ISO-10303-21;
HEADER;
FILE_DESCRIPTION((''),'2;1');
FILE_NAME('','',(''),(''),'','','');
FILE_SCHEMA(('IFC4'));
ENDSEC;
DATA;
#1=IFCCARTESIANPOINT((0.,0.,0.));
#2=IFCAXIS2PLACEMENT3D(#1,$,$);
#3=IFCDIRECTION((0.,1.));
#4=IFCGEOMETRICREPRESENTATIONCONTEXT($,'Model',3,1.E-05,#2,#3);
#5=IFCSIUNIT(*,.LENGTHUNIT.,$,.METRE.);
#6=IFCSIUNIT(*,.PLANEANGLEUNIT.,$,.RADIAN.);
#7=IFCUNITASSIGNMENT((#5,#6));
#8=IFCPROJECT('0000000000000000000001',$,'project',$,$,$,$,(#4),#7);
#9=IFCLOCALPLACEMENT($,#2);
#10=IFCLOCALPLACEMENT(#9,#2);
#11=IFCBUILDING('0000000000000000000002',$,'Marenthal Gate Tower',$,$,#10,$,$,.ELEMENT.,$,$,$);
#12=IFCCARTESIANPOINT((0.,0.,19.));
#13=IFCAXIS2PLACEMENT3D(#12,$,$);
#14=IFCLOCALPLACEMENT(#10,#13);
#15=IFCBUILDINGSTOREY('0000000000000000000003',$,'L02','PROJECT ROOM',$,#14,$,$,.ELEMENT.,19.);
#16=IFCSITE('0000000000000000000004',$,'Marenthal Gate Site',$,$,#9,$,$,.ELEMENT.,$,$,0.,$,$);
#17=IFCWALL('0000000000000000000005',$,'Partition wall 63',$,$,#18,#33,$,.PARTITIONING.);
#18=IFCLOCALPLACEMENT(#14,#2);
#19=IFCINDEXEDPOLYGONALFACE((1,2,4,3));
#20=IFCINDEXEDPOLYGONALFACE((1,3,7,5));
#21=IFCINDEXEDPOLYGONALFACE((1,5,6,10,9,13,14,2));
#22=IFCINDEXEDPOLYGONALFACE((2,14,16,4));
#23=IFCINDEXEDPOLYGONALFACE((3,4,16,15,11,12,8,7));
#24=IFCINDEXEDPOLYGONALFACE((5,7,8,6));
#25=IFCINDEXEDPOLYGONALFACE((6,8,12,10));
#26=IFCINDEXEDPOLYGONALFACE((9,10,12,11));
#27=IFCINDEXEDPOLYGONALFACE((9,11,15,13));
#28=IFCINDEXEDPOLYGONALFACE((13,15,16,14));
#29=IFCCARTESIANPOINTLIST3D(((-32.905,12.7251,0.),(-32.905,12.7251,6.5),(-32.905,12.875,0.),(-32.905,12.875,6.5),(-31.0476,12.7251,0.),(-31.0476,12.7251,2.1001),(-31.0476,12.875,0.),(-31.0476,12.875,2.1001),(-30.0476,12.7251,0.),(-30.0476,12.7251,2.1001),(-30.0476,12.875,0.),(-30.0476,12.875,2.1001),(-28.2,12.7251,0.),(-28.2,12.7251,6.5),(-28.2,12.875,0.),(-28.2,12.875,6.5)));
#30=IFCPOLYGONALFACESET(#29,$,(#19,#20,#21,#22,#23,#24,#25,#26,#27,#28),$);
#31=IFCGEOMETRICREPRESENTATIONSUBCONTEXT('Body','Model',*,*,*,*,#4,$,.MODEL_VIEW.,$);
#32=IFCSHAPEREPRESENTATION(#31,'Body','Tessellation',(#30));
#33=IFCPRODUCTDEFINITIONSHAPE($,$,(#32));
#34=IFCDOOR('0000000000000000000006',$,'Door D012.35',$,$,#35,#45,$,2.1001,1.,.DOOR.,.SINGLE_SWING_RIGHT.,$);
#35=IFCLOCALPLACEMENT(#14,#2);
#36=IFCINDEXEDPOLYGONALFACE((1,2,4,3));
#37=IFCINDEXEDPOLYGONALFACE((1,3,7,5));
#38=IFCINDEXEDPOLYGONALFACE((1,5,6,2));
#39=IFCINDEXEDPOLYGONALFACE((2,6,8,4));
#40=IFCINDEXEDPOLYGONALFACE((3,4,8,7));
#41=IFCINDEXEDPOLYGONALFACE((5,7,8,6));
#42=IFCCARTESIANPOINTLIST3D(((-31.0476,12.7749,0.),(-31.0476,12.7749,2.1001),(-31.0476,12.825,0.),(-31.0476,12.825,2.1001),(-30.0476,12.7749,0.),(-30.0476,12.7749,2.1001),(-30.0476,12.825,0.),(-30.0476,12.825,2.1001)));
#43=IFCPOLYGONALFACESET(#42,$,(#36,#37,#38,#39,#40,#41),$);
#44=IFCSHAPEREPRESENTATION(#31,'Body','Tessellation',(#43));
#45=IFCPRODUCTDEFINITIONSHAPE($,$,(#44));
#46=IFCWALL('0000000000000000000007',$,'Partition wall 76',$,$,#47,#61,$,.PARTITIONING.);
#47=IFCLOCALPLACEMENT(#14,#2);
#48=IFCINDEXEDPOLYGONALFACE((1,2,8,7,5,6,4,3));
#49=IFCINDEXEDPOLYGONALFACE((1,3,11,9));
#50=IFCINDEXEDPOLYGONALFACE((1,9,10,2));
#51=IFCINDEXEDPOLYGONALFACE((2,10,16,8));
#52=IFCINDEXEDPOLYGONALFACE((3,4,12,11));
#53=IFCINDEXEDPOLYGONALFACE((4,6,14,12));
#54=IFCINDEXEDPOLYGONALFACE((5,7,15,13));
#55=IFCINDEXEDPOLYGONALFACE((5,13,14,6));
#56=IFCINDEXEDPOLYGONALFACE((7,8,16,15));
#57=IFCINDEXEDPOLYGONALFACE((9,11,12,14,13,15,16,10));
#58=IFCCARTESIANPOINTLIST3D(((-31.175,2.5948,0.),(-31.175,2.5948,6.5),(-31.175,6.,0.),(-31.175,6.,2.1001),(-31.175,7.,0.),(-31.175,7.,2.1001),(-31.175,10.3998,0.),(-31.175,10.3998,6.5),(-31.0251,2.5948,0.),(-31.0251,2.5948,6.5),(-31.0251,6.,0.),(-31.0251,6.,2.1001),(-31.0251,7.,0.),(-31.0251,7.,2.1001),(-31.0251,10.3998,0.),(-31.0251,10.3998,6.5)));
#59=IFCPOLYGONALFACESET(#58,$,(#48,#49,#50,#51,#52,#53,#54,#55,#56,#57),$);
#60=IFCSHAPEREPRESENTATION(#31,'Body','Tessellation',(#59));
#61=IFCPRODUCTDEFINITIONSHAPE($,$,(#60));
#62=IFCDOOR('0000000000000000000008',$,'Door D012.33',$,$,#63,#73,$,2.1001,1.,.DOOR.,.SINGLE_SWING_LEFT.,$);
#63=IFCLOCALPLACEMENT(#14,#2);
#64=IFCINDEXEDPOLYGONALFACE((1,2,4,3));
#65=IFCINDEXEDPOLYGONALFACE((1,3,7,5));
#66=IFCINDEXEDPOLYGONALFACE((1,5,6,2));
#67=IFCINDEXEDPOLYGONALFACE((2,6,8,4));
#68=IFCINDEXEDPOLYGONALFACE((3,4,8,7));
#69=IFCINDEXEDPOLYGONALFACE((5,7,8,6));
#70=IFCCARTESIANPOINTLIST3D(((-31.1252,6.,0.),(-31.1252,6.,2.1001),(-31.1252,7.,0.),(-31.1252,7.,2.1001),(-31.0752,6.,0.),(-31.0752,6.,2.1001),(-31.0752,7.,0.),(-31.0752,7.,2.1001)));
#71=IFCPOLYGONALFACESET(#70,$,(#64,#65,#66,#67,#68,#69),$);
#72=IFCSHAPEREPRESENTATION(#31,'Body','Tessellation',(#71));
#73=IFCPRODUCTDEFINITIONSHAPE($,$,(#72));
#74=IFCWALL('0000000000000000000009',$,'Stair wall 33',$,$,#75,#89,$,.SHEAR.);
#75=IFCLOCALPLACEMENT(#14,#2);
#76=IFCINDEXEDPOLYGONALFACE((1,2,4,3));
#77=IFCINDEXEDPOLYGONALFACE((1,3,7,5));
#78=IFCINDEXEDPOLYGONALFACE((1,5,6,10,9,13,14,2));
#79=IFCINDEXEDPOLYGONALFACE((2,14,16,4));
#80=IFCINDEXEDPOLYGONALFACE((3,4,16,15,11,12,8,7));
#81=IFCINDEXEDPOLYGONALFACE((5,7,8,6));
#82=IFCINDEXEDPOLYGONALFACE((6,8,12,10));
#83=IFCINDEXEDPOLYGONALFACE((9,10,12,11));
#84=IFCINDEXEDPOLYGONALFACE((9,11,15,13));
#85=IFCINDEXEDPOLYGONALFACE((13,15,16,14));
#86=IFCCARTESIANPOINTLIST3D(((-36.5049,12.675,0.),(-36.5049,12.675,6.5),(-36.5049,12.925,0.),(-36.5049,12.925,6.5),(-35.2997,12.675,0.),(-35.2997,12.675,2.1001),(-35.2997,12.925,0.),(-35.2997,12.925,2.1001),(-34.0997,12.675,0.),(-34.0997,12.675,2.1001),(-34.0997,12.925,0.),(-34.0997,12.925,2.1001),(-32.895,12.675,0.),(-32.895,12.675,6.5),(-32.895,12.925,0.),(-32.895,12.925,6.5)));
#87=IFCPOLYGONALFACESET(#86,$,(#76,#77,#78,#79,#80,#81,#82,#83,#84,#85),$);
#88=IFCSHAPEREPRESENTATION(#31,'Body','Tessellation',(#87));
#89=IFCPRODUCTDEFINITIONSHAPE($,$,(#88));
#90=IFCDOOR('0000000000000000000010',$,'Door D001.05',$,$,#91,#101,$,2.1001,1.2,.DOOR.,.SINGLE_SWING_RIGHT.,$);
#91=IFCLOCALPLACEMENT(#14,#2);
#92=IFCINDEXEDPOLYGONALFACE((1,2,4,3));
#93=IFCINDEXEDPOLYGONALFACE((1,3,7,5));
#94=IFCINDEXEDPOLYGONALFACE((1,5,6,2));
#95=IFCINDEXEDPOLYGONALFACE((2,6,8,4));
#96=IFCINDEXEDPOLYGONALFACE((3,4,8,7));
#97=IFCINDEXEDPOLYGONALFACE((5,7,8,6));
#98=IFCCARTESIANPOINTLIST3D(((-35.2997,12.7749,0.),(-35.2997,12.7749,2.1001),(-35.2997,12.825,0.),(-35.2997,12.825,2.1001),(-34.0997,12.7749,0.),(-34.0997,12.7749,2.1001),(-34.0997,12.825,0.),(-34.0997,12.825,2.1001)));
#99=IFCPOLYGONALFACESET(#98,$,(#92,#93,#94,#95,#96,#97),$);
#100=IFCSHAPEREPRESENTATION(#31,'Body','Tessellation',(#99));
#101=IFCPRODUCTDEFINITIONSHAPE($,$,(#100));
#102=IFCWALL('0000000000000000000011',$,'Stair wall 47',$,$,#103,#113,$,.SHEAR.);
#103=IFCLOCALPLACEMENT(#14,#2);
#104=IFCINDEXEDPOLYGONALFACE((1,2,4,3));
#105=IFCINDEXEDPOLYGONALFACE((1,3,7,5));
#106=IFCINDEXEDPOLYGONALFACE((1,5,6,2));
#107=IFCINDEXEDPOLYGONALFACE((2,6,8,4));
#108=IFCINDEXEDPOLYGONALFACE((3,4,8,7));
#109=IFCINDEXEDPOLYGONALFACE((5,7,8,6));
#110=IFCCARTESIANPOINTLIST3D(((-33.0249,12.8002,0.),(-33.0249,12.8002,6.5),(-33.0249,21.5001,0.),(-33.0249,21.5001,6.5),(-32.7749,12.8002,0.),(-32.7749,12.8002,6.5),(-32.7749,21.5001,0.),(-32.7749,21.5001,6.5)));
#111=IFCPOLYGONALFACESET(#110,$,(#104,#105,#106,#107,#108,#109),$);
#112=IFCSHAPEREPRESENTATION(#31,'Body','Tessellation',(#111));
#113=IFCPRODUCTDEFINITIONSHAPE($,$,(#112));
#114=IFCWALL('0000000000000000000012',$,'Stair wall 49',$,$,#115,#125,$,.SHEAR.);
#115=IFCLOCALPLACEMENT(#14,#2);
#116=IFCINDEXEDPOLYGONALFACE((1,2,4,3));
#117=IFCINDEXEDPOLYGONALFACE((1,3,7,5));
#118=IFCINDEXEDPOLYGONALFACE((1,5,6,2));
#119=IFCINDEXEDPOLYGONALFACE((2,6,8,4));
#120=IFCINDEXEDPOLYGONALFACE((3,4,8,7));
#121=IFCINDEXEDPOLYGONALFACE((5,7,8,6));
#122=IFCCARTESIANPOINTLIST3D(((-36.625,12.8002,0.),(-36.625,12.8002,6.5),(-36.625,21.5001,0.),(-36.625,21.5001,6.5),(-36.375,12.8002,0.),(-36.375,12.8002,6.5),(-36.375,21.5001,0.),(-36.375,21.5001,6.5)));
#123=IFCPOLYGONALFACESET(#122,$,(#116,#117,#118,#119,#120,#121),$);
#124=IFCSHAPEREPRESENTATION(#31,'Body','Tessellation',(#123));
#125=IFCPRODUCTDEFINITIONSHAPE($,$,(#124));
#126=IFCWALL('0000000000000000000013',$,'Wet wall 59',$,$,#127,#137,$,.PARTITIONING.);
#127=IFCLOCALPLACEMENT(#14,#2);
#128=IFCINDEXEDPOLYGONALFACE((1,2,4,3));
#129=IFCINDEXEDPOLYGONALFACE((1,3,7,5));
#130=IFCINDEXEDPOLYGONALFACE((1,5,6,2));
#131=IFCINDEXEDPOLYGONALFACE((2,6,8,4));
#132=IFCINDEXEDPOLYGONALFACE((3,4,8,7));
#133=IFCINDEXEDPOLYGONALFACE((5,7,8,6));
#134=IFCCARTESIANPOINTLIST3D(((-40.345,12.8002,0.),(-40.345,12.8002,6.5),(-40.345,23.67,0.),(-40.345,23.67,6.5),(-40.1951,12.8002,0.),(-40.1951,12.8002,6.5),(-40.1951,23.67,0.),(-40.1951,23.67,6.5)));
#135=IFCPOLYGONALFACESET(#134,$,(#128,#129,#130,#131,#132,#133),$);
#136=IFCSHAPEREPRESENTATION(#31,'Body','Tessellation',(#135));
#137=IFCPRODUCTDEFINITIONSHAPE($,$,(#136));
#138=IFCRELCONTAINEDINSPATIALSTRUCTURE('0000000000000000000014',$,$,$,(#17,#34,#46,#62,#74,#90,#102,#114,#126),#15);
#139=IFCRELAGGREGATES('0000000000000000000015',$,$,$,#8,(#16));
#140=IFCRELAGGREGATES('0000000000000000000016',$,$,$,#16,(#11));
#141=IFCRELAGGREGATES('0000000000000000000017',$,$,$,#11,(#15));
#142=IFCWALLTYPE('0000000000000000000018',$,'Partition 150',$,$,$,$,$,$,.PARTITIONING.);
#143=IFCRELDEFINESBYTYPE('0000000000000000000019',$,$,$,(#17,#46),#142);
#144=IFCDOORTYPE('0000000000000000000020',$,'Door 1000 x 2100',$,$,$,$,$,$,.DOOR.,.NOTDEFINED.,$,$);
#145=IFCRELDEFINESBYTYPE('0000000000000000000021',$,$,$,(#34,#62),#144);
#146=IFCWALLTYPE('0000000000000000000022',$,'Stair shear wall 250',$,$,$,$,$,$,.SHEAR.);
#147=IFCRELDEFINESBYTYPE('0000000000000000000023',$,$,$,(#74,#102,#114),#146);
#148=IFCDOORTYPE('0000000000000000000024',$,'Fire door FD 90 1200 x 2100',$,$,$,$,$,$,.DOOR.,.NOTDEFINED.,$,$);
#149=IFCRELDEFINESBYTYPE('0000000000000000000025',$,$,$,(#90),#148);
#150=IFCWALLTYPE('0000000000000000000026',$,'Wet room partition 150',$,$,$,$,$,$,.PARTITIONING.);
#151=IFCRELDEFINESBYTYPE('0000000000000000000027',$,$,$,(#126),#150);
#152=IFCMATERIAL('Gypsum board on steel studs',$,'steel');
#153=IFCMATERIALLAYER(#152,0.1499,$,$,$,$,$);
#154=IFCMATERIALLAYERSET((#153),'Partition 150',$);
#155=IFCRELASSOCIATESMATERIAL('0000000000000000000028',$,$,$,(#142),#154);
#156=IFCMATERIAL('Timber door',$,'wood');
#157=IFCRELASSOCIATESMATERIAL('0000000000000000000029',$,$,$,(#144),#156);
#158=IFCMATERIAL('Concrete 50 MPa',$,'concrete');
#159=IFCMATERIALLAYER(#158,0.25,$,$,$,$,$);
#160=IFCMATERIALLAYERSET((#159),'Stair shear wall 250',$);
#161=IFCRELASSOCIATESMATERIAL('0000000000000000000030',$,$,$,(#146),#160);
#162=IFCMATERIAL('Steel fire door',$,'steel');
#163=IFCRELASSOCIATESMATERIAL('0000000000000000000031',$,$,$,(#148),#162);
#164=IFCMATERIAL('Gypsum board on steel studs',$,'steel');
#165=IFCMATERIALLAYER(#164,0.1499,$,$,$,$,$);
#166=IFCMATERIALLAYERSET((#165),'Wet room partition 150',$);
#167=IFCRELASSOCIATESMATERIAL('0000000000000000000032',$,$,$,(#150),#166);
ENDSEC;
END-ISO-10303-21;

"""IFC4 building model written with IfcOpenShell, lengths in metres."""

from ifc_helpers import new_model, si_unit, direction, frame, frame_2d, origin, place, context, subcontext, project, spatial, rectangle, extrude, material, layer, layer_set, type_object, element, fill, save


model = new_model("IFC4")

# Units and contexts
model_context = context("Model", 3, precision=1e-05, world=origin(), true_north=direction((0.0, 1.0)))
body_context = subcontext(model_context, "Body", "Model", "MODEL_VIEW")
ifc_project = project(units=[si_unit("LENGTHUNIT", "METRE"), si_unit("PLANEANGLEUNIT", "RADIAN")], contexts=[model_context])

# Site, building, storey
site_placement = place(None, origin())
site = spatial("IfcSite", under=ifc_project, at=site_placement, Name="Marenthal Gate Site", CompositionType="ELEMENT", RefElevation=0.0)
building_placement = place(site_placement, origin())
building = spatial("IfcBuilding", under=site, at=building_placement, Name="Marenthal Gate Tower", CompositionType="ELEMENT")
storey_placement = place(building_placement, frame((0.0, 0.0, 19.0)))
storey = spatial("IfcBuildingStorey", under=building, at=storey_placement, Name="L02", Description="PROJECT ROOM", CompositionType="ELEMENT", Elevation=19.0)

# Shared definitions
ifc_material_1 = material(Name="Gypsum board on steel studs", Category="steel")
ifc_layer_1 = layer(ifc_material_1, 0.1499)
ifc_layer_set_1 = layer_set([ifc_layer_1], Name="Partition 150")
wall_type_1 = type_object("IfcWallType", Name="Partition 150", PredefinedType="PARTITIONING", material=ifc_layer_set_1)

# Walls, openings, doors
wall_1_placement = place(storey_placement, frame((-32.905, 12.8, 0.0), z_axis=(0.0, 0.0, 1.0), x_axis=(1.0, 0.0, 0.0)))
wall_1 = element("IfcWall", 1, at=wall_1_placement, inside=storey, type_object=wall_type_1, Name="Partition wall 63", PredefinedType="PARTITIONING", context=body_context, shape_type="SweptSolid", body=[
    extrude(rectangle(XDim=4.7051, YDim=0.1499, at=frame_2d((2.3525, 0.0))), origin(), (0.0, 0.0, 1.0), 6.5),
])
opening_1_placement = place(wall_1_placement, frame((1.8574, 0.0, 0.0)))
opening_1 = element("IfcOpeningElement", 2, at=opening_1_placement, cuts=wall_1, PredefinedType="OPENING", context=body_context, shape_type="SweptSolid", body=[
    extrude(rectangle(XDim=1.0, YDim=2.1001, at=frame_2d((0.5, 1.05))), frame((0.0, 0.085, 0.0), z_axis=(0.0, -1.0, 0.0), x_axis=(1.0, 0.0, 0.0)), (0.0, 0.0, 1.0), 0.1699),
])
ifc_material_2 = material(Name="Timber door", Category="wood")
door_type_1 = type_object("IfcDoorType", Name="Door 1000 x 2100", OperationType="NOTDEFINED", PredefinedType="DOOR", material=ifc_material_2)
door_1_placement = place(opening_1_placement, origin())
door_1 = element("IfcDoor", 3, at=door_1_placement, inside=storey, type_object=door_type_1, Name="Door D012.35", OperationType="SINGLE_SWING_RIGHT", OverallHeight=2.1001, OverallWidth=1.0, PredefinedType="DOOR", context=body_context, shape_type="SweptSolid", body=[
    extrude(rectangle(XDim=1.0, YDim=2.1001, at=frame_2d((0.5, 1.05))), frame((0.0, 0.0249, 0.0), z_axis=(0.0, -1.0, 0.0), x_axis=(1.0, 0.0, 0.0)), (0.0, 0.0, 1.0), 0.05),
])
fill(opening_1, door_1)
wall_2_placement = place(storey_placement, frame((-31.1001, 2.595, 0.0), z_axis=(0.0, 0.0, 1.0), x_axis=(0.0, 1.0, 0.0)))
wall_2 = element("IfcWall", 4, at=wall_2_placement, inside=storey, type_object=wall_type_1, Name="Partition wall 76", PredefinedType="PARTITIONING", context=body_context, shape_type="SweptSolid", body=[
    extrude(rectangle(XDim=7.8049, YDim=0.1499, at=frame_2d((3.9023, 0.0))), origin(), (0.0, 0.0, 1.0), 6.5),
])
opening_2_placement = place(wall_2_placement, frame((3.405, 0.0, 0.0)))
opening_2 = element("IfcOpeningElement", 5, at=opening_2_placement, cuts=wall_2, PredefinedType="OPENING", context=body_context, shape_type="SweptSolid", body=[
    extrude(rectangle(XDim=1.0, YDim=2.1001, at=frame_2d((0.5, 1.05))), frame((0.0, 0.085, 0.0), z_axis=(0.0, -1.0, 0.0), x_axis=(1.0, 0.0, 0.0)), (0.0, 0.0, 1.0), 0.1699),
])
door_2_placement = place(opening_2_placement, frame((1.0, 0.0, 0.0), z_axis=(0.0, 0.0, 1.0), x_axis=(-1.0, 0.0, 0.0)))
door_2 = element("IfcDoor", 6, at=door_2_placement, inside=storey, type_object=door_type_1, Name="Door D012.33", OperationType="SINGLE_SWING_LEFT", OverallHeight=2.1001, OverallWidth=1.0, PredefinedType="DOOR", context=body_context, shape_type="SweptSolid", body=[
    extrude(rectangle(XDim=1.0, YDim=2.1001, at=frame_2d((0.5, 1.05))), frame((0.0, 0.0249, 0.0), z_axis=(0.0, -1.0, 0.0), x_axis=(1.0, 0.0, 0.0)), (0.0, 0.0, 1.0), 0.05),
])
fill(opening_2, door_2)
ifc_material_3 = material(Name="Concrete 50 MPa", Category="concrete")
ifc_layer_2 = layer(ifc_material_3, 0.25)
ifc_layer_set_2 = layer_set([ifc_layer_2], Name="Stair shear wall 250")
wall_type_2 = type_object("IfcWallType", Name="Stair shear wall 250", PredefinedType="SHEAR", material=ifc_layer_set_2)
wall_3_placement = place(storey_placement, frame((-36.5049, 12.8, 0.0), z_axis=(0.0, 0.0, 1.0), x_axis=(1.0, 0.0, 0.0)))
wall_3 = element("IfcWall", 7, at=wall_3_placement, inside=storey, type_object=wall_type_2, Name="Stair wall 33", PredefinedType="SHEAR", context=body_context, shape_type="SweptSolid", body=[
    extrude(rectangle(XDim=3.6099, YDim=0.25, at=frame_2d((1.8049, 0.0))), origin(), (0.0, 0.0, 1.0), 6.5),
])
opening_3_placement = place(wall_3_placement, frame((1.2051, 0.0, 0.0)))
opening_3 = element("IfcOpeningElement", 8, at=opening_3_placement, cuts=wall_3, PredefinedType="OPENING", context=body_context, shape_type="SweptSolid", body=[
    extrude(rectangle(XDim=1.2, YDim=2.1001, at=frame_2d((0.6001, 1.05))), frame((0.0, 0.135, 0.0), z_axis=(0.0, -1.0, 0.0), x_axis=(1.0, 0.0, 0.0)), (0.0, 0.0, 1.0), 0.27),
])
ifc_material_4 = material(Name="Steel fire door", Category="steel")
door_type_2 = type_object("IfcDoorType", Name="Fire door FD 90 1200 x 2100", OperationType="NOTDEFINED", PredefinedType="DOOR", material=ifc_material_4)
door_3_placement = place(opening_3_placement, origin())
door_3 = element("IfcDoor", 9, at=door_3_placement, inside=storey, type_object=door_type_2, Name="Door D001.05", OperationType="SINGLE_SWING_RIGHT", OverallHeight=2.1001, OverallWidth=1.2, PredefinedType="DOOR", context=body_context, shape_type="SweptSolid", body=[
    extrude(rectangle(XDim=1.2, YDim=2.1001, at=frame_2d((0.6001, 1.05))), frame((0.0, 0.0249, 0.0), z_axis=(0.0, -1.0, 0.0), x_axis=(1.0, 0.0, 0.0)), (0.0, 0.0, 1.0), 0.05),
])
fill(opening_3, door_3)

# Walls
for number, where, z_axis, x_axis, name in (
    (10, (-32.8999, 12.8, 0.0), (0.0, 0.0, 1.0), (0.0, 1.0, 0.0), "Stair wall 47"),
    (11, (-36.5, 12.8, 0.0), (0.0, 0.0, 1.0), (0.0, 1.0, 0.0), "Stair wall 49"),
):
    element("IfcWall", number, at=place(storey_placement, frame(where, z_axis=z_axis, x_axis=x_axis)), inside=storey, type_object=wall_type_2, Name=name, PredefinedType="SHEAR", context=body_context, shape_type="SweptSolid", body=[
        extrude(rectangle(XDim=8.7, YDim=0.25, at=frame_2d((4.3501, 0.0))), origin(), (0.0, 0.0, 1.0), 6.5),
    ])
ifc_material_5 = material(Name="Gypsum board on steel studs", Category="steel")
ifc_layer_3 = layer(ifc_material_5, 0.1499)
ifc_layer_set_3 = layer_set([ifc_layer_3], Name="Wet room partition 150")
wall_type_3 = type_object("IfcWallType", Name="Wet room partition 150", PredefinedType="PARTITIONING", material=ifc_layer_set_3)
wall_4_placement = place(storey_placement, frame((-40.27, 12.8, 0.0), z_axis=(0.0, 0.0, 1.0), x_axis=(0.0, 1.0, 0.0)))
element("IfcWall", 12, at=wall_4_placement, inside=storey, type_object=wall_type_3, Name="Wet wall 59", PredefinedType="PARTITIONING", context=body_context, shape_type="SweptSolid", body=[
    extrude(rectangle(XDim=10.8699, YDim=0.1499, at=frame_2d((5.4351, 0.0))), origin(), (0.0, 0.0, 1.0), 6.5),
])

save(model, "model.ifc")
